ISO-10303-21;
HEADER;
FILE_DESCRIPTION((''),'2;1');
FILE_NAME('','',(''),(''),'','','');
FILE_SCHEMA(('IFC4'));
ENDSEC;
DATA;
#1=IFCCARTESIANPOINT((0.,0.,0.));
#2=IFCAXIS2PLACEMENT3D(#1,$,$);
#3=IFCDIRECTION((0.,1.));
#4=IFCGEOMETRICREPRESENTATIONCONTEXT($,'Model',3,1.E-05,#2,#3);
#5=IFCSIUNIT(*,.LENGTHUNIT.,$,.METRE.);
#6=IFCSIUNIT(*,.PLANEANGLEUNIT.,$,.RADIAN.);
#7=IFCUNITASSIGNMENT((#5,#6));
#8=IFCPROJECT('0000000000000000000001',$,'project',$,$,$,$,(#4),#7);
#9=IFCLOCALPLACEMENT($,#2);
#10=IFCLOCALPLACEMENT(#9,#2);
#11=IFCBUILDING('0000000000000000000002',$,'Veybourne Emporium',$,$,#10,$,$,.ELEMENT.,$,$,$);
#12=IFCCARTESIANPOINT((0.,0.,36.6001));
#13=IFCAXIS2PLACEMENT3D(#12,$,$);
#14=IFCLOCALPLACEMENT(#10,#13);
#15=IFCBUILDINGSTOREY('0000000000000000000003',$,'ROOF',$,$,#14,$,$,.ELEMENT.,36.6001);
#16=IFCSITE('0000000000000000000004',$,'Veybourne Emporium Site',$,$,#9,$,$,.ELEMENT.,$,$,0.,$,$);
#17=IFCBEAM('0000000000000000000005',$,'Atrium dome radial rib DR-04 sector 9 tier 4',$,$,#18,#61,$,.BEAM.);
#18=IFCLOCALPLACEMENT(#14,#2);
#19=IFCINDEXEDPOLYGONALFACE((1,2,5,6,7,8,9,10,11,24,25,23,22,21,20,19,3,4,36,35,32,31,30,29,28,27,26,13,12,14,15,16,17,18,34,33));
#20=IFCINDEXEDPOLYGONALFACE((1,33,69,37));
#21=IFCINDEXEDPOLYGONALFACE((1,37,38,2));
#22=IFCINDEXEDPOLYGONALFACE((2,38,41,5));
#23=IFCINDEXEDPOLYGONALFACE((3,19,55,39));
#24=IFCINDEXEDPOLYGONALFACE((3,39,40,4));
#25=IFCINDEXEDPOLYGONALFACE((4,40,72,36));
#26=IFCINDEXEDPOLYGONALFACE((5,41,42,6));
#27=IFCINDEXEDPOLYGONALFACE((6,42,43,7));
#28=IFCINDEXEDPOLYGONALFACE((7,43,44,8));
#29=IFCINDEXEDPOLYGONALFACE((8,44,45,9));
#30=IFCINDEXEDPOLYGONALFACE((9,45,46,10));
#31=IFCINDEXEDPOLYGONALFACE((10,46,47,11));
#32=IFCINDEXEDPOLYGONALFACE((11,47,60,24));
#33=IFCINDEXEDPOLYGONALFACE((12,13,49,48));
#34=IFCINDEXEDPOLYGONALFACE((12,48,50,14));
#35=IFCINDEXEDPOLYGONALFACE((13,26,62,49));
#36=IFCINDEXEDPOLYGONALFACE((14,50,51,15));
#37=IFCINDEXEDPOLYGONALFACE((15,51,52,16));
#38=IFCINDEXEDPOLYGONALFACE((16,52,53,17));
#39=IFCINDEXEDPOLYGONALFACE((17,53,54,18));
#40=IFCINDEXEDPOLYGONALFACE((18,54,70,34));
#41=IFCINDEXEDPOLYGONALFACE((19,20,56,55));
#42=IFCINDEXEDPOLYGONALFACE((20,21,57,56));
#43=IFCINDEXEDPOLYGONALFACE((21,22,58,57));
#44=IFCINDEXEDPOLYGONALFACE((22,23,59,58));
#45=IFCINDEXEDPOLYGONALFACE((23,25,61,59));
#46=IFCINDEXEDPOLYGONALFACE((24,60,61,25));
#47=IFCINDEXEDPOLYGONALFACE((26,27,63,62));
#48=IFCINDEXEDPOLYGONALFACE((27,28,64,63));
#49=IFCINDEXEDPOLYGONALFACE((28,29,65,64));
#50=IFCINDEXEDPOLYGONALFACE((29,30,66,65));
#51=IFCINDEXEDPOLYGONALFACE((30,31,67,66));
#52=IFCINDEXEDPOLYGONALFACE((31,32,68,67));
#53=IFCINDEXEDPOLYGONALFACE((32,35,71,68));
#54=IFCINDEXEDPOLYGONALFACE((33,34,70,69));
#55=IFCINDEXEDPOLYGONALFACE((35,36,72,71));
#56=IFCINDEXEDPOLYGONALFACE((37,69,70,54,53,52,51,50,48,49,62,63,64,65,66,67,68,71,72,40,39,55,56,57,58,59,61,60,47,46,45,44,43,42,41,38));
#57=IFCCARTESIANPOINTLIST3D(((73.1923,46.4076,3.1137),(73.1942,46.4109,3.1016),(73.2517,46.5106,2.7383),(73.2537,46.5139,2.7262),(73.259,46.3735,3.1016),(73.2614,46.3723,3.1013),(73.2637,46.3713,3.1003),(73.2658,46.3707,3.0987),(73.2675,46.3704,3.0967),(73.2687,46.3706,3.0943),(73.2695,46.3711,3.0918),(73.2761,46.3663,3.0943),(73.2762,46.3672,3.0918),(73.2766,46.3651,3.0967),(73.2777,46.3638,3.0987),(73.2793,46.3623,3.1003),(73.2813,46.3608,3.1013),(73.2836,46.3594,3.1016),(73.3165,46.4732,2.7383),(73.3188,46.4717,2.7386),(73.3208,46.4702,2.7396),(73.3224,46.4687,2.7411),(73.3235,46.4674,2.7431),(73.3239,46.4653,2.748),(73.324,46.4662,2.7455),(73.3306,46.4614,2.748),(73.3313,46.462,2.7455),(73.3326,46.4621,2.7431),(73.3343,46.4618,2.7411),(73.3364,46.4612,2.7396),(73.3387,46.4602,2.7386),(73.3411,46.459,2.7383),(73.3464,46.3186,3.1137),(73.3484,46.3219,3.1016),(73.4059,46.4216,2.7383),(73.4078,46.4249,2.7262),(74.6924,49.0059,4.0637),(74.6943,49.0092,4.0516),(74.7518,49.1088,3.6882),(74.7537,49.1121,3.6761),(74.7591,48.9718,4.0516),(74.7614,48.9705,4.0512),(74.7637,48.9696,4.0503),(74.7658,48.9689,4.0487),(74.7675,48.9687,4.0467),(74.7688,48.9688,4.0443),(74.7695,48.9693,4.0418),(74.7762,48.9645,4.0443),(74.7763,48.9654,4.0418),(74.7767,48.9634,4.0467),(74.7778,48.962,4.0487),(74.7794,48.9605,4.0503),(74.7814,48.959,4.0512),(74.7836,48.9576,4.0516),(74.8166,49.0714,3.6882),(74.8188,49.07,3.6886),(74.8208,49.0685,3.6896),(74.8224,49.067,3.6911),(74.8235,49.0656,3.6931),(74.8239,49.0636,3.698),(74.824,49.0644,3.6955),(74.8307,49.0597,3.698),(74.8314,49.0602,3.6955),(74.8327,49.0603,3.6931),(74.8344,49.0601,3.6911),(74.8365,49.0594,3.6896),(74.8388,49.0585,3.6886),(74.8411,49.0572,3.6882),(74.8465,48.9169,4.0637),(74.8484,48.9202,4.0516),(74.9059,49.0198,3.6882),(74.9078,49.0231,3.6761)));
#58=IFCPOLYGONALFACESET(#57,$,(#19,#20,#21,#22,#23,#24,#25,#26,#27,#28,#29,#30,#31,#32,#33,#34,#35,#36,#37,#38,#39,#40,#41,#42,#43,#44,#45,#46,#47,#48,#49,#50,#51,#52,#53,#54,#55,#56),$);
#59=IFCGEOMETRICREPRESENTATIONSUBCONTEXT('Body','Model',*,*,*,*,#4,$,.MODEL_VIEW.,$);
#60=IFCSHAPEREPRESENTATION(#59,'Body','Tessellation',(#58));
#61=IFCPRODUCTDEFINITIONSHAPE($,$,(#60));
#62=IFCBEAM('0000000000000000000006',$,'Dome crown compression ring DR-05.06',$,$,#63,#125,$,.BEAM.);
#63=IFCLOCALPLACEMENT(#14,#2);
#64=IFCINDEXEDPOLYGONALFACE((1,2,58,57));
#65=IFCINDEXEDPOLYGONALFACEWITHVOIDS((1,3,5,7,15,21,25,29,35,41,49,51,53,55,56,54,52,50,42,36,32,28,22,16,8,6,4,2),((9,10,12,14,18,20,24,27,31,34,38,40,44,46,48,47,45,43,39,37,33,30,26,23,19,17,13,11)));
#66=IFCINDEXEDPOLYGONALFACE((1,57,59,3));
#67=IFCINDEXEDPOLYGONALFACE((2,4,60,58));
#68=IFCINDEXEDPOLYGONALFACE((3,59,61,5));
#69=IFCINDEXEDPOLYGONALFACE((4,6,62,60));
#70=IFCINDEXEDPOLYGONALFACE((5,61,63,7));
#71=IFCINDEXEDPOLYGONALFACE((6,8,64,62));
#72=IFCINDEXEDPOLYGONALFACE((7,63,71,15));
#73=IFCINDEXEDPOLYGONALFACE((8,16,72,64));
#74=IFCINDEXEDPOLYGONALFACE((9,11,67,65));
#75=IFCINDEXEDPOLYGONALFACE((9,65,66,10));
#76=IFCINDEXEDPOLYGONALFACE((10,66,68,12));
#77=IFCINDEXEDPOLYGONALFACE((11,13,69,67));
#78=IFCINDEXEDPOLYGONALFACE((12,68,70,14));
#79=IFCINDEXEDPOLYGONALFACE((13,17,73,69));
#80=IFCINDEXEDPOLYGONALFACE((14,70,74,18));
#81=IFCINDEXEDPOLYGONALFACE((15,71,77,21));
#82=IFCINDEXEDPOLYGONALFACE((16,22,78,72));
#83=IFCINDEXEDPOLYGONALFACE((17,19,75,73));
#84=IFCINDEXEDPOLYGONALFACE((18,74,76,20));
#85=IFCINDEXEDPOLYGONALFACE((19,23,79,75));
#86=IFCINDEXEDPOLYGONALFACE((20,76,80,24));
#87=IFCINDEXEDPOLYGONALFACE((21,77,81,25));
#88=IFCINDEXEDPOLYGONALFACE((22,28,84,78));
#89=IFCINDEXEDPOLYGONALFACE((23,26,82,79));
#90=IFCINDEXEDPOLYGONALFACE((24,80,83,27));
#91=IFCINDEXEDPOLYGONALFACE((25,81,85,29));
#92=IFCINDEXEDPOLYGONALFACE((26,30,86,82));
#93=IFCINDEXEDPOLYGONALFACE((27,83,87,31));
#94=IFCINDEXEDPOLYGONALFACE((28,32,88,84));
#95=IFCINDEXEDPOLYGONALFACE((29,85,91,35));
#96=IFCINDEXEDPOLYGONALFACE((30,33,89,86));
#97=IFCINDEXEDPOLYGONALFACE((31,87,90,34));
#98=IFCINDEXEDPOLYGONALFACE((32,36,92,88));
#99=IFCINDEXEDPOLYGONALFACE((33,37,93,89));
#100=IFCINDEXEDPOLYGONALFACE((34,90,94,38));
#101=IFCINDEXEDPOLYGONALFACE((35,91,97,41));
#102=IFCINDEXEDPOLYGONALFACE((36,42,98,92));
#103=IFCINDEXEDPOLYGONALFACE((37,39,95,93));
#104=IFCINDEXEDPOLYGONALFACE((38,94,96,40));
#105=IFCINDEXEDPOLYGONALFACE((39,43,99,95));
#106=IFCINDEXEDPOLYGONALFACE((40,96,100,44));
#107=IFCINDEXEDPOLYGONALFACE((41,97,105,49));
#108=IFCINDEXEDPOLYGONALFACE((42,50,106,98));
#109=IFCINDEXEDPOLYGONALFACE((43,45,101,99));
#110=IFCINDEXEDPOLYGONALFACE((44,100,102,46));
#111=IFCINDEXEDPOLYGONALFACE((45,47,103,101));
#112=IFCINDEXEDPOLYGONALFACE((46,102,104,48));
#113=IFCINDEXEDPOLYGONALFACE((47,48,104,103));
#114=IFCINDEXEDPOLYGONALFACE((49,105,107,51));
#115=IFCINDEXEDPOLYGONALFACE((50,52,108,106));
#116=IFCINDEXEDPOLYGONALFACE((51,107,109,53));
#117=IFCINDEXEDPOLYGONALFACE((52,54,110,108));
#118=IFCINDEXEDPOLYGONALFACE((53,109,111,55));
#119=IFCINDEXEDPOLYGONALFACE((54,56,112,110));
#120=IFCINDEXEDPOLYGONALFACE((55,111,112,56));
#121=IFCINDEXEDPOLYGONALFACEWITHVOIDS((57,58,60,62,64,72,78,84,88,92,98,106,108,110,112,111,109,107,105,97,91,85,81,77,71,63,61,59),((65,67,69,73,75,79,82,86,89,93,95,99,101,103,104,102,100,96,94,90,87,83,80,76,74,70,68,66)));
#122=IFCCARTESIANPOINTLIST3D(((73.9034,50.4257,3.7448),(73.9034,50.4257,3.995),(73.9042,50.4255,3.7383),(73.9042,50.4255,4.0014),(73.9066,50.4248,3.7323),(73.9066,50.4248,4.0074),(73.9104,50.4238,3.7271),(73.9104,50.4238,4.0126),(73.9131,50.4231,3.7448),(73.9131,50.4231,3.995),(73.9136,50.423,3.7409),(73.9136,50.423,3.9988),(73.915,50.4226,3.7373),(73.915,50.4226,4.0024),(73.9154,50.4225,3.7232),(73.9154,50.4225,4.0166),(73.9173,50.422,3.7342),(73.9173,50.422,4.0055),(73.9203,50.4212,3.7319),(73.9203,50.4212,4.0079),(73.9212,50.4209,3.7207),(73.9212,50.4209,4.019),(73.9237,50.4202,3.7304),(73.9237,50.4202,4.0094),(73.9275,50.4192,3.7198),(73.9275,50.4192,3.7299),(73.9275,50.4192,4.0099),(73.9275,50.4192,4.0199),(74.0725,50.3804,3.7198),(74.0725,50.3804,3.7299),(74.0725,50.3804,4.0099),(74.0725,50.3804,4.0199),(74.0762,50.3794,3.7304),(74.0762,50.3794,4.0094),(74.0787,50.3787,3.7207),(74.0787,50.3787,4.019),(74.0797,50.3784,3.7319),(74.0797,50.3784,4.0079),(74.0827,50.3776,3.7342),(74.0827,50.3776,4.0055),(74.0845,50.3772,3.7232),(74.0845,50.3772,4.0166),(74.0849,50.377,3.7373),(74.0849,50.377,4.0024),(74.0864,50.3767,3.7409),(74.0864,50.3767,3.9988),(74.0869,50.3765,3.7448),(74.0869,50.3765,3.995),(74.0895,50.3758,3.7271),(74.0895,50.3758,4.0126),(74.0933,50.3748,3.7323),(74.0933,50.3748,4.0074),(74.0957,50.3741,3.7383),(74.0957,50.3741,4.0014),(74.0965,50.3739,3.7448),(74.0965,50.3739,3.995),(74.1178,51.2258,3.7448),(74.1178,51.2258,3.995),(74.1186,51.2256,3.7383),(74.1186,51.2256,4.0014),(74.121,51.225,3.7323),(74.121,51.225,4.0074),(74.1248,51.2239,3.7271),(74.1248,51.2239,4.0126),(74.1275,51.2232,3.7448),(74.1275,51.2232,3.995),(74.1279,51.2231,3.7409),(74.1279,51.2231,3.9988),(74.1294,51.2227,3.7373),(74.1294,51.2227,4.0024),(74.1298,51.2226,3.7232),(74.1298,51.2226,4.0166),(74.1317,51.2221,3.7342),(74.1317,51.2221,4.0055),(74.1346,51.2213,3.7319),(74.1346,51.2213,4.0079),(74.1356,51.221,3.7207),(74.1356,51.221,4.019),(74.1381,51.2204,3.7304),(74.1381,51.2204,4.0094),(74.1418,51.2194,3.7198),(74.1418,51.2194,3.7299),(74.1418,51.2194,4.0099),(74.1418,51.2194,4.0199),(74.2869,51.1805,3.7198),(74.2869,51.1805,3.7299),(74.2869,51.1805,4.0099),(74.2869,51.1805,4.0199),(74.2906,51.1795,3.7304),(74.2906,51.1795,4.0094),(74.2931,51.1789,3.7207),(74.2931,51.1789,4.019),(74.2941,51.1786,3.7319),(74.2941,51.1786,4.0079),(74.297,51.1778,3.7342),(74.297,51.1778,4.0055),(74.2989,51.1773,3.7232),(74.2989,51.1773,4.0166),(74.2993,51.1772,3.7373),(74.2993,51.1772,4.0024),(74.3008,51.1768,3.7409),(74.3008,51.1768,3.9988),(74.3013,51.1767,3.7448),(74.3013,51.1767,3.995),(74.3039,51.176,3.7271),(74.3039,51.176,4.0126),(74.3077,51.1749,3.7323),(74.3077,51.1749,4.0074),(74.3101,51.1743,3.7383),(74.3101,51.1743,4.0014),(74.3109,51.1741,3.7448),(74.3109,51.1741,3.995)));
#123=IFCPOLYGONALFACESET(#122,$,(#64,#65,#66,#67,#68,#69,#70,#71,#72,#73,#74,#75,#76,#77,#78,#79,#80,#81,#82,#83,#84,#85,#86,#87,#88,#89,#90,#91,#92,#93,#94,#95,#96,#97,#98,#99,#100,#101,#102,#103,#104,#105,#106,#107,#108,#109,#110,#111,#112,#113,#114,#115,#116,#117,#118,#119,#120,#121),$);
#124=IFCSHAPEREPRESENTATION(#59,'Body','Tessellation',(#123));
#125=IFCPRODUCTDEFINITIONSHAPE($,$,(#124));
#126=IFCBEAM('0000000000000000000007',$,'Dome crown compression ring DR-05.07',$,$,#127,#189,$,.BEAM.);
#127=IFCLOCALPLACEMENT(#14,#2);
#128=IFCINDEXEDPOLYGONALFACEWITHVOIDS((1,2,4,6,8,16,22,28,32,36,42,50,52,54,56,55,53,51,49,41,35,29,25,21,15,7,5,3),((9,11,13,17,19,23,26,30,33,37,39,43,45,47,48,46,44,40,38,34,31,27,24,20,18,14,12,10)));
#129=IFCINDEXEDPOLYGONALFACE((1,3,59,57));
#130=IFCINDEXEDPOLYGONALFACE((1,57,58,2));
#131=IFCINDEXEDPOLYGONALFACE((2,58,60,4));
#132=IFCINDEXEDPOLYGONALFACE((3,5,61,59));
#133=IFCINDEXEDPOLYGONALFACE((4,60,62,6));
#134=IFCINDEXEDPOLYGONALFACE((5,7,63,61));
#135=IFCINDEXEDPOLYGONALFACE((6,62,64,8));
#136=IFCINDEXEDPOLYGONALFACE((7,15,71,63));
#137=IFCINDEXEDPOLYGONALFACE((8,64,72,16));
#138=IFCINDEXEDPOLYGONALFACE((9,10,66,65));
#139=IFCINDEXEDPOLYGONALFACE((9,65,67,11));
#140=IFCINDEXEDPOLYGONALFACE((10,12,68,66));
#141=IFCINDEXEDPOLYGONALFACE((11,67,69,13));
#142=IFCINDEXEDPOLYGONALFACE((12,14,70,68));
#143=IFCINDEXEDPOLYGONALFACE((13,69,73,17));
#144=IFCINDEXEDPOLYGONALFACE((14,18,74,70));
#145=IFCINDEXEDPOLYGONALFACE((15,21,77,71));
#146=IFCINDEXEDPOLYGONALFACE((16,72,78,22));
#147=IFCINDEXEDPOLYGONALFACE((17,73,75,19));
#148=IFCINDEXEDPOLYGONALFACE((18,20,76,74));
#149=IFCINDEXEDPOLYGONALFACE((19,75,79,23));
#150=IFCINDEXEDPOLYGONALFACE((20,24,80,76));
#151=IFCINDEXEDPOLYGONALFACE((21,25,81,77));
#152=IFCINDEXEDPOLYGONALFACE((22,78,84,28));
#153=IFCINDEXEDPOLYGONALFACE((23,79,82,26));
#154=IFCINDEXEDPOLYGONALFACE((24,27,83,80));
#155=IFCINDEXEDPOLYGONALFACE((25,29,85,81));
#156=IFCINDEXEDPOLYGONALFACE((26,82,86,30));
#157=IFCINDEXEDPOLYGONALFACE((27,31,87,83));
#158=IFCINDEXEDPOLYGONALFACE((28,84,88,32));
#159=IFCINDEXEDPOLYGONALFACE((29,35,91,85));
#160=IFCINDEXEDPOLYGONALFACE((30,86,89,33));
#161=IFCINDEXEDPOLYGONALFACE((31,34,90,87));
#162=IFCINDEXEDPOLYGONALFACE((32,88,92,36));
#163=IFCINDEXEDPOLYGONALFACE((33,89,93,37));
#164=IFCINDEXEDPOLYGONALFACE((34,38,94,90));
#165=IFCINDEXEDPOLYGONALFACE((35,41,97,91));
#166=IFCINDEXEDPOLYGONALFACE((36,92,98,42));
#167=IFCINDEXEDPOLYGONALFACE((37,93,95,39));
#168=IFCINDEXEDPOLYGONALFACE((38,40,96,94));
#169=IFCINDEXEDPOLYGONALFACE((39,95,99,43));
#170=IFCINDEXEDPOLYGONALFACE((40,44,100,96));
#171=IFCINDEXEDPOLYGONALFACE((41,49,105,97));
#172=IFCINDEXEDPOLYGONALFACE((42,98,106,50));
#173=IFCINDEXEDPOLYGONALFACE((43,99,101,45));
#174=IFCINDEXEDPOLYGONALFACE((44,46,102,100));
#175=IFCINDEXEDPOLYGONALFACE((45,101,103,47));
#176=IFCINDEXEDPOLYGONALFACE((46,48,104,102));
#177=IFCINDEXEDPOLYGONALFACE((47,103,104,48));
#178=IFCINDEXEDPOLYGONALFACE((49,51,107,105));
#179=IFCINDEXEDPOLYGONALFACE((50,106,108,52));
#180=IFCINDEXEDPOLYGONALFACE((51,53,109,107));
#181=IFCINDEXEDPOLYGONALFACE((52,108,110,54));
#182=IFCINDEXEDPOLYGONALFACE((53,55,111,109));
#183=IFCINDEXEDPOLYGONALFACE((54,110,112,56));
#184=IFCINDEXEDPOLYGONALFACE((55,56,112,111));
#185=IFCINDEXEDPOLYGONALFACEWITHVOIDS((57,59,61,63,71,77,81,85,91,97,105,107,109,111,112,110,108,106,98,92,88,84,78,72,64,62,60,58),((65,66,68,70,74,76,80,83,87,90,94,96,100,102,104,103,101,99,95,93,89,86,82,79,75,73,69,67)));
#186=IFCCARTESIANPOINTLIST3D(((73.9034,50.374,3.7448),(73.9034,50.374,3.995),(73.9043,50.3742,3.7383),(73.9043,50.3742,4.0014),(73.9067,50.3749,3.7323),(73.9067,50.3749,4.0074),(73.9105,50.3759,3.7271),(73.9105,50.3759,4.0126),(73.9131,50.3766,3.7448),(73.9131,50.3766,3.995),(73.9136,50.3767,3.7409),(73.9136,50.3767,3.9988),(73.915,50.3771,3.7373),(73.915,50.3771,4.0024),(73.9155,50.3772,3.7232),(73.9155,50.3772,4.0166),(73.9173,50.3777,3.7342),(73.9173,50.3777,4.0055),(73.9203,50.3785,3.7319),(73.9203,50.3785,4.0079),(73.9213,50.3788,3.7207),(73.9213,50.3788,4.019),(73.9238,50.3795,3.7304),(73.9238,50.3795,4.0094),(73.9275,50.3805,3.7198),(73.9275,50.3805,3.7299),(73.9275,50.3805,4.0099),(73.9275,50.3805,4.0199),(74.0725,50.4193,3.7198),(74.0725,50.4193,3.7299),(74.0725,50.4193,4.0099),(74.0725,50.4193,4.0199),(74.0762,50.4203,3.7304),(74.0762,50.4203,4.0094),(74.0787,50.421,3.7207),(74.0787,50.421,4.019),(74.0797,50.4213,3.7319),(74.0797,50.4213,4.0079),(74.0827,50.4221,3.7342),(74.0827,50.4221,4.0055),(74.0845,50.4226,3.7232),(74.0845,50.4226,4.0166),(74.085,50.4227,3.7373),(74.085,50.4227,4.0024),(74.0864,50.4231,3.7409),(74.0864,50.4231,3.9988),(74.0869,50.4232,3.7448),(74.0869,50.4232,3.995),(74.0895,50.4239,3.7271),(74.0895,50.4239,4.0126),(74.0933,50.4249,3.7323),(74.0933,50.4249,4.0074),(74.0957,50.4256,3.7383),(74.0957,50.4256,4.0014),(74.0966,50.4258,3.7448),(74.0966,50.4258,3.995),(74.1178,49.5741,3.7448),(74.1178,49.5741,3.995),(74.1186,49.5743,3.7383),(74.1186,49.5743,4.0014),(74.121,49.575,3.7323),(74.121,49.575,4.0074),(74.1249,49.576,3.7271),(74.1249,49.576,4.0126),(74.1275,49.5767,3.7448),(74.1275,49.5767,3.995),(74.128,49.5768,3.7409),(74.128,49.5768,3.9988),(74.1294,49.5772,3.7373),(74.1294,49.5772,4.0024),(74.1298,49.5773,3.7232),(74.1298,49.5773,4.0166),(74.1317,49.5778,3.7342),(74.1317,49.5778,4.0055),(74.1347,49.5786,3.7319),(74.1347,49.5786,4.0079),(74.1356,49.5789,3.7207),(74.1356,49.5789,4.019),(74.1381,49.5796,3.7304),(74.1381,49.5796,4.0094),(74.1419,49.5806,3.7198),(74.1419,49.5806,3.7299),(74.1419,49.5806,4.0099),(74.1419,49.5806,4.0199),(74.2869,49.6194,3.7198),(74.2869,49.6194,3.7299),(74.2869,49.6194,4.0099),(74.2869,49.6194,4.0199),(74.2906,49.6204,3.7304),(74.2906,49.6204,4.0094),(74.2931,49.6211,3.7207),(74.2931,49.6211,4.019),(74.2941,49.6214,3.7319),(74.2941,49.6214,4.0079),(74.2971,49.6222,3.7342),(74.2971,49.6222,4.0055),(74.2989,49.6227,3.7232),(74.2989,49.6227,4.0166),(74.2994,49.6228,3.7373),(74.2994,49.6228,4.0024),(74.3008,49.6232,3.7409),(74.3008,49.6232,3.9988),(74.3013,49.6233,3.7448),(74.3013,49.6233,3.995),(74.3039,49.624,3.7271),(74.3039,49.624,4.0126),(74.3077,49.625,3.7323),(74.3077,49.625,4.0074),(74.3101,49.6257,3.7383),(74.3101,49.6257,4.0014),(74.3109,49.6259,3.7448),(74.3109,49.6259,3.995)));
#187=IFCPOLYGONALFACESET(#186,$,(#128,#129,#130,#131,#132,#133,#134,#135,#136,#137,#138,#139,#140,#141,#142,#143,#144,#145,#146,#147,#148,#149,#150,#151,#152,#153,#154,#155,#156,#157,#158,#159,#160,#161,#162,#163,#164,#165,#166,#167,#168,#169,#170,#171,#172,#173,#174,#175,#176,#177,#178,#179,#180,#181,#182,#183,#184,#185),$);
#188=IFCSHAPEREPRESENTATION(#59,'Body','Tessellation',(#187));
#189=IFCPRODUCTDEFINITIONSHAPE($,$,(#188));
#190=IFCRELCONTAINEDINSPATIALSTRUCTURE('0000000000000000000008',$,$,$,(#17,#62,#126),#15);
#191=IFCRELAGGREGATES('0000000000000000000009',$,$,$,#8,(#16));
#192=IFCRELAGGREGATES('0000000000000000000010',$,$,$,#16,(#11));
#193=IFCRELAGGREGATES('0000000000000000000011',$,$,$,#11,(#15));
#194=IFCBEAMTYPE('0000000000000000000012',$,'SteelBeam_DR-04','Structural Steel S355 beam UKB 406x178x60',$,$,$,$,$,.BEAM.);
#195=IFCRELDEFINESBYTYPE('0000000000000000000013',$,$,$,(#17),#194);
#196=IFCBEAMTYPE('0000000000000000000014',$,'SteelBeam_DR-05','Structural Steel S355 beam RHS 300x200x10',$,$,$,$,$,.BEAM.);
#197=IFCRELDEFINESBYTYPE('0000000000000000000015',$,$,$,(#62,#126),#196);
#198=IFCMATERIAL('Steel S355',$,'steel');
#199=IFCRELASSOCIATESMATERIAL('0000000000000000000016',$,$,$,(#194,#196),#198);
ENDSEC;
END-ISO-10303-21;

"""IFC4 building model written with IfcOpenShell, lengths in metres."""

from ifc_helpers import new_model, si_unit, direction, frame, origin, origin_2d, place, context, subcontext, project, spatial, hollow_rectangle, i_section, extrude, material, material_profile, profile_set, type_object, element, save


model = new_model("IFC4")

# Units and contexts
model_context = context("Model", 3, precision=1e-05, world=origin(), true_north=direction((0.0, 1.0)))
body_context = subcontext(model_context, "Body", "Model", "MODEL_VIEW")
ifc_project = project(units=[si_unit("LENGTHUNIT", "METRE"), si_unit("PLANEANGLEUNIT", "RADIAN")], contexts=[model_context])

# Site, building, storey
site_placement = place(None, origin())
site = spatial("IfcSite", under=ifc_project, at=site_placement, Name="Veybourne Emporium Site", CompositionType="ELEMENT", RefElevation=0.0)
building_placement = place(site_placement, origin())
building = spatial("IfcBuilding", under=site, at=building_placement, Name="Veybourne Emporium", CompositionType="ELEMENT")
storey_placement = place(building_placement, frame((0.0, 0.0, 36.6001)))
storey = spatial("IfcBuildingStorey", under=building, at=storey_placement, Name="ROOF", CompositionType="ELEMENT", Elevation=36.6001)

# Beams
ifc_material_1 = material(Name="Steel S355", Category="steel")
ifc_material_profile_1 = material_profile(ifc_material_1, i_section(OverallWidth=0.178, OverallDepth=0.4065, WebThickness=0.0078, FlangeThickness=0.0127, FilletRadius=0.0103, at=origin_2d()), Name="UKB 406x178x60")
ifc_profile_set_1 = profile_set([ifc_material_profile_1], Name="Steel S355")
beam_type_1 = type_object("IfcBeamType", Name="SteelBeam_DR-04", Description="Structural Steel S355 beam UKB 406x178x60", PredefinedType="BEAM", material=ifc_profile_set_1)
for number, where, z_axis, x_axis, name in (
    (1, (73.3, 46.4163, 2.9199), (0.476665, 0.825629, 0.301872), (-0.866031, 0.49999, 0.0), "Atrium dome radial rib DR-04 sector 9 tier 4"),
):
    element("IfcBeam", number, at=place(storey_placement, frame(where, z_axis=z_axis, x_axis=x_axis)), inside=storey, type_object=beam_type_1, Name=name, PredefinedType="BEAM", context=body_context, shape_type="SweptSolid", body=[
        extrude(i_section(OverallWidth=0.178, OverallDepth=0.4065, WebThickness=0.0078, FlangeThickness=0.0127, FilletRadius=0.0103, at=origin_2d()), origin(), (0.0, 0.0, 1.0), 3.147),
    ])
ifc_material_profile_2 = material_profile(ifc_material_1, hollow_rectangle(XDim=0.2, YDim=0.3, WallThickness=0.01, InnerFilletRadius=0.0149, OuterFilletRadius=0.0249, at=origin_2d()), Name="RHS 300x200x10")
ifc_profile_set_2 = profile_set([ifc_material_profile_2], Name="Steel S355")
beam_type_2 = type_object("IfcBeamType", Name="SteelBeam_DR-05", Description="Structural Steel S355 beam RHS 300x200x10", PredefinedType="BEAM", material=ifc_profile_set_2)
beam_1_placement = place(storey_placement, frame((74.2144, 51.2, 3.8699), z_axis=(-0.2588, -0.965931, 0.0), x_axis=(0.965931, -0.2588, 0.0)))
element("IfcBeam", 2, at=beam_1_placement, inside=storey, type_object=beam_type_2, Name="Dome crown compression ring DR-05.06", PredefinedType="BEAM", context=body_context, shape_type="SweptSolid", body=[
    extrude(hollow_rectangle(XDim=0.2, YDim=0.3, WallThickness=0.01, InnerFilletRadius=0.0149, OuterFilletRadius=0.0249, at=origin_2d()), origin(), (0.0, 0.0, 1.0), 0.8284),
])
beam_2_placement = place(storey_placement, frame((74.0, 50.3999, 3.8699), z_axis=(0.258874, -0.965911, 0.0), x_axis=(0.965911, 0.258874, 0.0)))
element("IfcBeam", 3, at=beam_2_placement, inside=storey, type_object=beam_type_2, Name="Dome crown compression ring DR-05.07", PredefinedType="BEAM", context=body_context, shape_type="SweptSolid", body=[
    extrude(hollow_rectangle(XDim=0.2, YDim=0.3, WallThickness=0.01, InnerFilletRadius=0.0149, OuterFilletRadius=0.0249, at=origin_2d()), origin(), (0.0, 0.0, 1.0), 0.8281),
])

save(model, "model.ifc")
